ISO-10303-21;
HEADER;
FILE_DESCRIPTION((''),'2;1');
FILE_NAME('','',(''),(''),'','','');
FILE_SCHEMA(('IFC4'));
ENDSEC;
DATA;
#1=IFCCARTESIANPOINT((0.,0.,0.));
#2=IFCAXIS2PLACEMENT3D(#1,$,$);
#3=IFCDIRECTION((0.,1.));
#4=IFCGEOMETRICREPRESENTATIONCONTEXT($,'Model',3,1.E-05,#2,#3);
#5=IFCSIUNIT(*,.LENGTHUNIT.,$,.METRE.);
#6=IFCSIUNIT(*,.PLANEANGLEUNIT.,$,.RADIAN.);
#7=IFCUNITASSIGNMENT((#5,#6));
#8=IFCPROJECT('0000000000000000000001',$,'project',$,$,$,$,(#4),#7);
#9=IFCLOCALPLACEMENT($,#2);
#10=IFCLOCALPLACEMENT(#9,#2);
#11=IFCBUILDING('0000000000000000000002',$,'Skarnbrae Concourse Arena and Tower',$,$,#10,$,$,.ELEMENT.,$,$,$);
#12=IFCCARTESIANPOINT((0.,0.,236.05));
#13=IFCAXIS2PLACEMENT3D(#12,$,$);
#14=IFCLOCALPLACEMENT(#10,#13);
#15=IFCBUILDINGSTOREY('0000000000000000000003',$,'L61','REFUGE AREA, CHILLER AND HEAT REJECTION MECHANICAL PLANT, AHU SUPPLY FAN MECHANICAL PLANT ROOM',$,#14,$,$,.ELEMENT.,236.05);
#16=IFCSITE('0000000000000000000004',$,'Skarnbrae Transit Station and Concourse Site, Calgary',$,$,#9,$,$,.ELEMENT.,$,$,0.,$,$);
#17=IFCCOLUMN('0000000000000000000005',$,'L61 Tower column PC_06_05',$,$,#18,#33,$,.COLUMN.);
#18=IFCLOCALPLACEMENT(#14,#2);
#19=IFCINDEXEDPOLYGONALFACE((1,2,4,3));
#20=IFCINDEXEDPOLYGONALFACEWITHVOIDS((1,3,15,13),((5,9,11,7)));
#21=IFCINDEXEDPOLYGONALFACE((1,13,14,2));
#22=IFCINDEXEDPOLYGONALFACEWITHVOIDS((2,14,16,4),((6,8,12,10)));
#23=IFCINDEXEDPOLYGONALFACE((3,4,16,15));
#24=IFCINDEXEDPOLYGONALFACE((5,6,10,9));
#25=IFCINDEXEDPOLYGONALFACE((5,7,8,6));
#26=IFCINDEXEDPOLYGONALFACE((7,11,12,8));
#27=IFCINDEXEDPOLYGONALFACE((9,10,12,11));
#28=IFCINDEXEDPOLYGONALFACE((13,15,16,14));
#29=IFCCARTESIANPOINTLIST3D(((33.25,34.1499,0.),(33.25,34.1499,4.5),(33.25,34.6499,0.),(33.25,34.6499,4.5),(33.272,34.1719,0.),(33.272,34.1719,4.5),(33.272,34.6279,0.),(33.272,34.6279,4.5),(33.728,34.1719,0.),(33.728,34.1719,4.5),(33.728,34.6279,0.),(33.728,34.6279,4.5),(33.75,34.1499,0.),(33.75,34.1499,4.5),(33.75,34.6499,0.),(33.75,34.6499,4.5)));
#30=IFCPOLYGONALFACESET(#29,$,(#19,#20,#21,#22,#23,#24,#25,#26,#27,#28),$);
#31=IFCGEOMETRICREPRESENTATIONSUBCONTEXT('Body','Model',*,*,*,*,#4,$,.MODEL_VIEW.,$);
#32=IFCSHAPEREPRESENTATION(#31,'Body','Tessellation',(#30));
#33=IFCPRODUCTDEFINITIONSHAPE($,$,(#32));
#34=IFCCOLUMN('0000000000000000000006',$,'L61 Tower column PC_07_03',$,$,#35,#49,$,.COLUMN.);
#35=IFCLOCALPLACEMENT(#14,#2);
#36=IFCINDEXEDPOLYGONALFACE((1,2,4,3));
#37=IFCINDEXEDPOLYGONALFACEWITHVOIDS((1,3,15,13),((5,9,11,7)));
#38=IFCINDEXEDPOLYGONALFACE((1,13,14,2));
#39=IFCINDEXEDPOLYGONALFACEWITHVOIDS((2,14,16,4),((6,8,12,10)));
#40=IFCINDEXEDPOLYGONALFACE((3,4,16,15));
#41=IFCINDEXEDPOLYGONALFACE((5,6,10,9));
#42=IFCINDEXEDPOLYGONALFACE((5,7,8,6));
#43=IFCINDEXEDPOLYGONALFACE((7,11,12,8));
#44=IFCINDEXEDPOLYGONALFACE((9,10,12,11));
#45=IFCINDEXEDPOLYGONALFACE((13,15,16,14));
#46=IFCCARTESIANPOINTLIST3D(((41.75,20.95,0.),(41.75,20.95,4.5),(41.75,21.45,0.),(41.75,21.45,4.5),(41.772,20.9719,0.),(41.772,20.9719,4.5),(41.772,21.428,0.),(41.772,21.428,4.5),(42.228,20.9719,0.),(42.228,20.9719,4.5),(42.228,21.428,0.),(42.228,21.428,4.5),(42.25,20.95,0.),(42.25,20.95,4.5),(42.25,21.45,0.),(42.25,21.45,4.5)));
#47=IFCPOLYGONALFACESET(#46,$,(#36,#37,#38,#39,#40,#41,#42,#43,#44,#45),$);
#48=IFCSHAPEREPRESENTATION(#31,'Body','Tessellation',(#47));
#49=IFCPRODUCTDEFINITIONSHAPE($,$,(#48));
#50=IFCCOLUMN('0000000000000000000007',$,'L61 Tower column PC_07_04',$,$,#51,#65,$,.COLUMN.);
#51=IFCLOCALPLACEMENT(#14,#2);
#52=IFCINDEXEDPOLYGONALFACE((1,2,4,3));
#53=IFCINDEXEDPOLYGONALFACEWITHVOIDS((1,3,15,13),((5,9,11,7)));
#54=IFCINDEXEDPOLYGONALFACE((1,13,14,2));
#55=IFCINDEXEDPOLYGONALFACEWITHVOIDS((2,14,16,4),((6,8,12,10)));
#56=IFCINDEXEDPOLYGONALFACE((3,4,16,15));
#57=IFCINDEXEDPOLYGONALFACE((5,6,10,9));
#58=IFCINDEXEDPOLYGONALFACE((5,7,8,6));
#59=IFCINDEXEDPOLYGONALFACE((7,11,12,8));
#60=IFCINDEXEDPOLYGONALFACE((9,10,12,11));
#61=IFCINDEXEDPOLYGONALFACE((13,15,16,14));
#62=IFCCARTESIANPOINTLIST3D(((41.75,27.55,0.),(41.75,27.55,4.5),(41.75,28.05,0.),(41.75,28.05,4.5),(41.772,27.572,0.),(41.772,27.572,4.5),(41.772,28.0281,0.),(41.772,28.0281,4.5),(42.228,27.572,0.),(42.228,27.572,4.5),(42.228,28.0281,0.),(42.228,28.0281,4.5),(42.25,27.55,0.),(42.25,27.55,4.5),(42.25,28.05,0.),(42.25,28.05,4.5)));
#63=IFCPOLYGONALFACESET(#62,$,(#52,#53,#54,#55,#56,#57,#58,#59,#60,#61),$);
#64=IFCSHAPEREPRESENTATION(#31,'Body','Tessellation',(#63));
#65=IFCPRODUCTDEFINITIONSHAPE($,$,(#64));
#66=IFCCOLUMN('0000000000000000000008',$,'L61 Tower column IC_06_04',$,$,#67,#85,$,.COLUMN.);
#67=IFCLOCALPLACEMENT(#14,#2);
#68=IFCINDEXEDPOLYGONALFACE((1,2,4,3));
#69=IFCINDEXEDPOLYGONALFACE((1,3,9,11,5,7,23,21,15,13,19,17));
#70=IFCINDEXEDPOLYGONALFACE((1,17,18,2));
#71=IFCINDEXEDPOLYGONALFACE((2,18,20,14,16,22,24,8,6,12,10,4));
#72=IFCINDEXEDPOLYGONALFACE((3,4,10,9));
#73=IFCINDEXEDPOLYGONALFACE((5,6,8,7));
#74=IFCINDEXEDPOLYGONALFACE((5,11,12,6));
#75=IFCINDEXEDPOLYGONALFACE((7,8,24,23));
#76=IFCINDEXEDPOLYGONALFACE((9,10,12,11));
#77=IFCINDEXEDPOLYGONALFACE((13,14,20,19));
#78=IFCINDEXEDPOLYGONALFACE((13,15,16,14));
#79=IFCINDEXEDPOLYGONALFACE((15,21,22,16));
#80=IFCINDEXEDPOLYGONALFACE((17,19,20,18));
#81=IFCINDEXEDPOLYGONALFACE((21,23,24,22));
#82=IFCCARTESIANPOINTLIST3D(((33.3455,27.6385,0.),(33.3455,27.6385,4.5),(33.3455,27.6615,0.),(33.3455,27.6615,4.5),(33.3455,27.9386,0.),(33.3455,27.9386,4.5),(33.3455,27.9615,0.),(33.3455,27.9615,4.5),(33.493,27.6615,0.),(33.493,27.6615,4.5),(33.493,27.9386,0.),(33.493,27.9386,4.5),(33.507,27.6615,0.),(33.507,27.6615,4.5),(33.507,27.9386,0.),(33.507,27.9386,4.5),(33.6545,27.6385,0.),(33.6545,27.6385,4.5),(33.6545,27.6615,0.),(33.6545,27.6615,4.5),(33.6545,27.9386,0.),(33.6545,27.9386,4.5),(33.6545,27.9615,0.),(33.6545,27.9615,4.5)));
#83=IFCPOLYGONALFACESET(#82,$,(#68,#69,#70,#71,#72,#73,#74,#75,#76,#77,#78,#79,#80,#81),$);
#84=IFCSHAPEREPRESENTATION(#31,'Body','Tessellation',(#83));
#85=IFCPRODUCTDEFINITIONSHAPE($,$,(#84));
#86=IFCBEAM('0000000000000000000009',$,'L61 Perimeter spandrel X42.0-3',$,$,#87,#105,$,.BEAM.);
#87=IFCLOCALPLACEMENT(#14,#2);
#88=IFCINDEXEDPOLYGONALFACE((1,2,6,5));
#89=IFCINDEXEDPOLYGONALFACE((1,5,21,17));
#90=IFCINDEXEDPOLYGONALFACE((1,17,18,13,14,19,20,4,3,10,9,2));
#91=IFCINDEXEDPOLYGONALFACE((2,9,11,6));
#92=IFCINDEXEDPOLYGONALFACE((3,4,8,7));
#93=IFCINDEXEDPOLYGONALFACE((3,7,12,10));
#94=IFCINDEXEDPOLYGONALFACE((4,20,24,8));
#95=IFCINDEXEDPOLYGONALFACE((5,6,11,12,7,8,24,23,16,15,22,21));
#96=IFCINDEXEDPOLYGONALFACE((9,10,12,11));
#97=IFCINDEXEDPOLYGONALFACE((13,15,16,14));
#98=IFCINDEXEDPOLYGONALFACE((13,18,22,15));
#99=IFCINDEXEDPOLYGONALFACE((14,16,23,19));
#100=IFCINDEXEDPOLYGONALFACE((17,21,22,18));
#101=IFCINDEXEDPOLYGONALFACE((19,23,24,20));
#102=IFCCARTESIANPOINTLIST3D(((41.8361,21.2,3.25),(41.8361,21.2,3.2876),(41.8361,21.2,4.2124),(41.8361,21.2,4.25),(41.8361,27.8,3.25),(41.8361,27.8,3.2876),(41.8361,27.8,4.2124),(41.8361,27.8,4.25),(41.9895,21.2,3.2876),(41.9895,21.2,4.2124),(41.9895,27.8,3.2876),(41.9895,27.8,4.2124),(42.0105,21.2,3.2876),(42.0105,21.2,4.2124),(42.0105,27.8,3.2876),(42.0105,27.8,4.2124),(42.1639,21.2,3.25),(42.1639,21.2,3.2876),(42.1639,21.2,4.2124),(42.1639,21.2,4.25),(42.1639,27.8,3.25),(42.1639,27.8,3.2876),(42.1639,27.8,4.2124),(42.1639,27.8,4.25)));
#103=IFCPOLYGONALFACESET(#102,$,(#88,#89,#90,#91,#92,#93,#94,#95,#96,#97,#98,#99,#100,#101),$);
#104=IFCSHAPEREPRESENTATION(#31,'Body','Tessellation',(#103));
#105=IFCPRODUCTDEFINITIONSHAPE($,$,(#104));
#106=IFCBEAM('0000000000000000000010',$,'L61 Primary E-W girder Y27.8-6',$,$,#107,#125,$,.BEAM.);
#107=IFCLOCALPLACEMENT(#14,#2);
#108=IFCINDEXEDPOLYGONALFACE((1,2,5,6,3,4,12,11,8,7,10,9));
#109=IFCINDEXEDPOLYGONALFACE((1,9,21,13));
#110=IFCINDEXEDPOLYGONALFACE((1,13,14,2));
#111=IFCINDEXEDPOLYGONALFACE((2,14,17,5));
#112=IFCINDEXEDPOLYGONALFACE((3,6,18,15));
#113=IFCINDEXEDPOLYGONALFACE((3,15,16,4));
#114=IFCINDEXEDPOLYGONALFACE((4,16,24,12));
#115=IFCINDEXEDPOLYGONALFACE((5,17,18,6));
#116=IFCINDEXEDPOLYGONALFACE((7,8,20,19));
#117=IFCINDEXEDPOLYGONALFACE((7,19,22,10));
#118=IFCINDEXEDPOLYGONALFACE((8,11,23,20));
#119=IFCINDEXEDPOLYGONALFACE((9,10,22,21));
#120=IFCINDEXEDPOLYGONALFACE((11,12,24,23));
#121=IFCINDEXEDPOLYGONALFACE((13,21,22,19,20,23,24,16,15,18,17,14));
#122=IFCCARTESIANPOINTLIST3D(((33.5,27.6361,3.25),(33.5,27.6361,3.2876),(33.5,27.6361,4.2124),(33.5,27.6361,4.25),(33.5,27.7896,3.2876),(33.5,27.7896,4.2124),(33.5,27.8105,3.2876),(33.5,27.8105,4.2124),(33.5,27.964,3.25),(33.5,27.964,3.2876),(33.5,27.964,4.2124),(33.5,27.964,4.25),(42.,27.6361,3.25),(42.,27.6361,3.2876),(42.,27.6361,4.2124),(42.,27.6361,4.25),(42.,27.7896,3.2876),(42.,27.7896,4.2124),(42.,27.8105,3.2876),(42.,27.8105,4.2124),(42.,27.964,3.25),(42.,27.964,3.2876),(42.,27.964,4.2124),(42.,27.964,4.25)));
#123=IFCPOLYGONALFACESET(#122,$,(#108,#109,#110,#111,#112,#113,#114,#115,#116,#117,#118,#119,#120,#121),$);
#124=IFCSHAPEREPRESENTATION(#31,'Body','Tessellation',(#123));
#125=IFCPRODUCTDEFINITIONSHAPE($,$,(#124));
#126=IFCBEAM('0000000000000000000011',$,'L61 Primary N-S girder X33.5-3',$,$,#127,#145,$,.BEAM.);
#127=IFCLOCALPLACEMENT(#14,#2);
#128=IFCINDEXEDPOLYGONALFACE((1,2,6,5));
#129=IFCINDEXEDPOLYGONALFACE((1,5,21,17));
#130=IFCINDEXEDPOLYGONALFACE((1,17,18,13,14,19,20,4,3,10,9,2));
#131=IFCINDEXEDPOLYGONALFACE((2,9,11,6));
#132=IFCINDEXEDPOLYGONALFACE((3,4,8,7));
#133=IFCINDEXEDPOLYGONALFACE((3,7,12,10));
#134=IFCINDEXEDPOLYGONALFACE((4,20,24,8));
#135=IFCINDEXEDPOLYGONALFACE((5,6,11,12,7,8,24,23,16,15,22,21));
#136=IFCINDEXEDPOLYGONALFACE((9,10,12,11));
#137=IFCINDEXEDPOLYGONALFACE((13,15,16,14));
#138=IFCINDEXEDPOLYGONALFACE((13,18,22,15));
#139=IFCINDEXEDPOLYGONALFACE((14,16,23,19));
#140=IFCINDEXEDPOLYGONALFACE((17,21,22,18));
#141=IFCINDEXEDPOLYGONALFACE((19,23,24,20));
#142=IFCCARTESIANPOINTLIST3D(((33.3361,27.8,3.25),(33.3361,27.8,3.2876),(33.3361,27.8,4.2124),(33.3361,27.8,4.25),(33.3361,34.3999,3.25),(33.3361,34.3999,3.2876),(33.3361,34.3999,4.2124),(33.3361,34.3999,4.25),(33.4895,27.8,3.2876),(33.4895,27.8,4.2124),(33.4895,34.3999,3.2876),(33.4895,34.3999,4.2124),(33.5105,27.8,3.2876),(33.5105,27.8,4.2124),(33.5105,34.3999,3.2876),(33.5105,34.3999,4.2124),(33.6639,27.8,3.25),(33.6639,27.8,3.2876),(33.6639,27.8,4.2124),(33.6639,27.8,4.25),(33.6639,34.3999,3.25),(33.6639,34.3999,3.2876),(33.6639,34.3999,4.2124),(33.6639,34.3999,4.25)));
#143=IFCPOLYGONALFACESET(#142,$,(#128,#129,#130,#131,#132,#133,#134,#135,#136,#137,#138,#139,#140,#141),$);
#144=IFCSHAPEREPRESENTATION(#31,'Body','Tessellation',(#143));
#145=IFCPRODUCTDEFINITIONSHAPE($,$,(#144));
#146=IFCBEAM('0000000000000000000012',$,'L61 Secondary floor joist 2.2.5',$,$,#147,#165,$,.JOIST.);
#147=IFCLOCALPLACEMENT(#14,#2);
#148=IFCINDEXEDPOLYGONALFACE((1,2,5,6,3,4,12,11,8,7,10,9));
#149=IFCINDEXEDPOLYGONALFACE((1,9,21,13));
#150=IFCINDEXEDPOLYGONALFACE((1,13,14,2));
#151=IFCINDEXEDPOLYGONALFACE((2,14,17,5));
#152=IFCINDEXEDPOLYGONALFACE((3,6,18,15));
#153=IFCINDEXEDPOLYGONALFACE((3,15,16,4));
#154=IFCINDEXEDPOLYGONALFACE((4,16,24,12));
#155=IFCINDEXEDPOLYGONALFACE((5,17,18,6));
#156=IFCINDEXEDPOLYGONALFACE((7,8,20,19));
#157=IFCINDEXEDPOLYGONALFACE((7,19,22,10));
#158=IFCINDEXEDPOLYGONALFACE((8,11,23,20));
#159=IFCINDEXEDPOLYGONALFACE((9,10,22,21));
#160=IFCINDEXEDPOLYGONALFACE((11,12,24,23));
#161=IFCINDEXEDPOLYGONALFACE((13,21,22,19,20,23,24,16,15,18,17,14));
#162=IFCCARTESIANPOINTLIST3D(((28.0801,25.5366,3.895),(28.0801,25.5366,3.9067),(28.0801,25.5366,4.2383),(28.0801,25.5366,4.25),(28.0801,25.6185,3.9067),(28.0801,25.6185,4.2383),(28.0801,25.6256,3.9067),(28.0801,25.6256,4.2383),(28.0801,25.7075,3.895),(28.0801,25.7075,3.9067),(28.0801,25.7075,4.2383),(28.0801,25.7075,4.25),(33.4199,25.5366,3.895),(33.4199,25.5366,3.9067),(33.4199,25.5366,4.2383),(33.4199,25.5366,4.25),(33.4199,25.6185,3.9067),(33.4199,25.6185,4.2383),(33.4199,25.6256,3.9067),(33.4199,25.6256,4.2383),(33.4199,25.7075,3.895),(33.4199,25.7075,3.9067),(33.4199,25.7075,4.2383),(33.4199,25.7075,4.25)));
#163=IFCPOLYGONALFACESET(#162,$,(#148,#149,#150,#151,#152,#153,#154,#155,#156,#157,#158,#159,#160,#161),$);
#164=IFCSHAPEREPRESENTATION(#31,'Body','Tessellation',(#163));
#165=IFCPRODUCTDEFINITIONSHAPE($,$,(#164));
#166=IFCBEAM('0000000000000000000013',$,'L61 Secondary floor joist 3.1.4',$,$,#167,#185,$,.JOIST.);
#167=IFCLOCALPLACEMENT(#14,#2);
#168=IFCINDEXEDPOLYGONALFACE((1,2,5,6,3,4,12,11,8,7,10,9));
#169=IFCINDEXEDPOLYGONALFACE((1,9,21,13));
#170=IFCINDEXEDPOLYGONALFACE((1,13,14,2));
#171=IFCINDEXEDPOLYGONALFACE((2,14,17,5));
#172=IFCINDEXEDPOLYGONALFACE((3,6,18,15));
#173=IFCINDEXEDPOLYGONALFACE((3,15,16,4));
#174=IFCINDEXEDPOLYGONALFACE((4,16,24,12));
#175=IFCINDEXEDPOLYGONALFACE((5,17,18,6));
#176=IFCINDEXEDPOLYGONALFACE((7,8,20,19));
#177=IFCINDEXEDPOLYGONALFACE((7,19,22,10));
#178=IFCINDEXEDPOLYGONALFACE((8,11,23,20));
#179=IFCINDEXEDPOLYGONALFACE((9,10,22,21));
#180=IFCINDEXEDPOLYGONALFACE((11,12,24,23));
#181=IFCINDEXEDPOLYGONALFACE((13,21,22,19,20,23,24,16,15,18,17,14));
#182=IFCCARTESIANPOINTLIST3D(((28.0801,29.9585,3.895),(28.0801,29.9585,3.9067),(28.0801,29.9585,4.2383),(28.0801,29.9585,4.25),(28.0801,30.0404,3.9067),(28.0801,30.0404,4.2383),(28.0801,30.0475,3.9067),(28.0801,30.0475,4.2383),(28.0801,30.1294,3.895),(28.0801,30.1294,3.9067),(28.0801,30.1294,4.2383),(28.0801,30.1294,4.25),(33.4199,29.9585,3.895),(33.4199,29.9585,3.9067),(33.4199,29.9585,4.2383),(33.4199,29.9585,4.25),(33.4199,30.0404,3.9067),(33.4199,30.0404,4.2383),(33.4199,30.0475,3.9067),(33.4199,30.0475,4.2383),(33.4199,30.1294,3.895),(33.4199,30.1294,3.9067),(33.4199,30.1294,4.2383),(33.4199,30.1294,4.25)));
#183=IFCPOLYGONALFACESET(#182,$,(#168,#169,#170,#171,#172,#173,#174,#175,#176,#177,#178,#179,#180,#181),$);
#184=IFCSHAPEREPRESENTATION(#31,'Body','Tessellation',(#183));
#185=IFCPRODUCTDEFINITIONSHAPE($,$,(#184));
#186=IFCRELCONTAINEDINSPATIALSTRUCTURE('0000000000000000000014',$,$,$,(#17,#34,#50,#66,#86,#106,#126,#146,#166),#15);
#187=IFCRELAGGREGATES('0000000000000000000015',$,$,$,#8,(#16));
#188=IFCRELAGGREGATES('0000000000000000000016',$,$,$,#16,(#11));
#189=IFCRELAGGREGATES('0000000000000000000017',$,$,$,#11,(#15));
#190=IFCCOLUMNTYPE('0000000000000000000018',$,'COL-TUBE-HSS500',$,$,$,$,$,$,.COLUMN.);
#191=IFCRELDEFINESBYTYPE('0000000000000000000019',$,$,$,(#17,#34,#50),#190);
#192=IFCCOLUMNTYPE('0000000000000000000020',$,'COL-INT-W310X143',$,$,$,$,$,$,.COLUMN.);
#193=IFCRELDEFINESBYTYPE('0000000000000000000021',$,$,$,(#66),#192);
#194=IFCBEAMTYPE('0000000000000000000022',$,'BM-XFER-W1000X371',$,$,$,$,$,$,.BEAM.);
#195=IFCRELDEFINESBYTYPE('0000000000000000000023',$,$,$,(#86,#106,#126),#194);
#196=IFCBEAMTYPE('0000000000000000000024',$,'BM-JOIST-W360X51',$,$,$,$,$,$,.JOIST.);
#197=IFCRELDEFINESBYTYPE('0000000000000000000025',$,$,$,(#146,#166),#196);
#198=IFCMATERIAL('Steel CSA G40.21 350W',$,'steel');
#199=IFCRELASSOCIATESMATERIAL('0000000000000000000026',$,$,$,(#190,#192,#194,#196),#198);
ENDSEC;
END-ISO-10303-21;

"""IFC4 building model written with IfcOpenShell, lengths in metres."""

from ifc_helpers import new_model, si_unit, direction, frame, origin, origin_2d, place, context, subcontext, project, spatial, hollow_rectangle, i_section, extrude, source, transform, mapped, material, material_profile, profile_set, type_object, element, save


model = new_model("IFC4")

# Units and contexts
model_context = context("Model", 3, precision=1e-05, world=origin(), true_north=direction((0.0, 1.0)))
body_context = subcontext(model_context, "Body", "Model", "MODEL_VIEW")
ifc_project = project(units=[si_unit("LENGTHUNIT", "METRE"), si_unit("PLANEANGLEUNIT", "RADIAN")], contexts=[model_context])

# Site, building, storey
site_placement = place(None, origin())
site = spatial("IfcSite", under=ifc_project, at=site_placement, Name="Skarnbrae Transit Station and Concourse Site, Calgary", CompositionType="ELEMENT", RefElevation=0.0)
building_placement = place(site_placement, origin())
building = spatial("IfcBuilding", under=site, at=building_placement, Name="Skarnbrae Concourse Arena and Tower", CompositionType="ELEMENT")
storey_placement = place(building_placement, frame((0.0, 0.0, 236.05)))
storey = spatial("IfcBuildingStorey", under=building, at=storey_placement, Name="L61", Description="REFUGE AREA, CHILLER AND HEAT REJECTION MECHANICAL PLANT, AHU SUPPLY FAN MECHANICAL PLANT ROOM", CompositionType="ELEMENT", Elevation=236.05)

# Columns
ifc_material_1 = material(Name="Steel CSA G40.21 350W", Category="steel")
ifc_material_profile_1 = material_profile(ifc_material_1, hollow_rectangle(XDim=0.5, YDim=0.5, WallThickness=0.022, at=origin_2d()), Name="HSS500X500X22.0")
ifc_profile_set_1 = profile_set([ifc_material_profile_1], Name="Steel CSA G40.21 350W")
column_type_1 = type_object("IfcColumnType", Name="COL-TUBE-HSS500", PredefinedType="COLUMN", material=ifc_profile_set_1)
shared_shape_1 = source(origin(), body_context, "Body", "SweptSolid", [
    extrude(hollow_rectangle(XDim=0.5, YDim=0.5, WallThickness=0.022, at=origin_2d()), origin(), (0.0, 0.0, 1.0), 4.5),
])
for number, where, z_axis, x_axis, name in (
    (1, (33.5, 34.3999, 0.0), (0.0, 0.0, 1.0), (1.0, 0.0, 0.0), "L61 Tower column PC_06_05"),
    (2, (42.0, 21.2, 0.0), (0.0, 0.0, 1.0), (1.0, 0.0, 0.0), "L61 Tower column PC_07_03"),
    (3, (42.0, 27.8, 0.0), (0.0, 0.0, 1.0), (1.0, 0.0, 0.0), "L61 Tower column PC_07_04"),
):
    element("IfcColumn", number, at=place(storey_placement, frame(where, z_axis=z_axis, x_axis=x_axis)), inside=storey, type_object=column_type_1, Name=name, PredefinedType="COLUMN", context=body_context, shape_type="MappedRepresentation", body=[
        mapped(shared_shape_1, transform((0.0, 0.0, 0.0))),
    ])
ifc_material_profile_2 = material_profile(ifc_material_1, i_section(OverallWidth=0.3091, OverallDepth=0.323, WebThickness=0.0139, FlangeThickness=0.0229, at=origin_2d()), Name="W310X143")
ifc_profile_set_2 = profile_set([ifc_material_profile_2], Name="Steel CSA G40.21 350W")
column_type_2 = type_object("IfcColumnType", Name="COL-INT-W310X143", PredefinedType="COLUMN", material=ifc_profile_set_2)
shared_shape_2 = source(origin(), body_context, "Body", "SweptSolid", [
    extrude(i_section(OverallWidth=0.3091, OverallDepth=0.323, WebThickness=0.0139, FlangeThickness=0.0229, at=origin_2d()), origin(), (0.0, 0.0, 1.0), 4.5),
])
column_placement = place(storey_placement, frame((33.5, 27.8, 0.0), z_axis=(0.0, 0.0, 1.0), x_axis=(1.0, 0.0, 0.0)))
element("IfcColumn", 4, at=column_placement, inside=storey, type_object=column_type_2, Name="L61 Tower column IC_06_04", PredefinedType="COLUMN", context=body_context, shape_type="MappedRepresentation", body=[
    mapped(shared_shape_2, transform((0.0, 0.0, 0.0))),
])

# Beams
ifc_material_profile_3 = material_profile(ifc_material_1, i_section(OverallWidth=0.3279, OverallDepth=1.0, WebThickness=0.021, FlangeThickness=0.0376, at=origin_2d()), Name="W1000X371")
ifc_profile_set_3 = profile_set([ifc_material_profile_3], Name="Steel CSA G40.21 350W")
beam_type_1 = type_object("IfcBeamType", Name="BM-XFER-W1000X371", PredefinedType="BEAM", material=ifc_profile_set_3)
shared_shape_3 = source(origin(), body_context, "Body", "SweptSolid", [
    extrude(i_section(OverallWidth=0.3279, OverallDepth=1.0, WebThickness=0.021, FlangeThickness=0.0376, at=origin_2d()), origin(), (0.0, 0.0, 1.0), 6.6001),
])
beam_1_placement = place(storey_placement, frame((42.0, 21.2, 3.75), z_axis=(0.0, 1.0, 0.0), x_axis=(-1.0, 0.0, 0.0)))
element("IfcBeam", 5, at=beam_1_placement, inside=storey, type_object=beam_type_1, Name="L61 Perimeter spandrel X42.0-3", PredefinedType="BEAM", context=body_context, shape_type="MappedRepresentation", body=[
    mapped(shared_shape_3, transform((0.0, 0.0, 0.0))),
])
shared_shape_4 = source(origin(), body_context, "Body", "SweptSolid", [
    extrude(i_section(OverallWidth=0.3279, OverallDepth=1.0, WebThickness=0.021, FlangeThickness=0.0376, at=origin_2d()), origin(), (0.0, 0.0, 1.0), 8.5),
])
beam_2_placement = place(storey_placement, frame((33.5, 27.8, 3.75), z_axis=(1.0, 0.0, 0.0), x_axis=(0.0, 1.0, 0.0)))
element("IfcBeam", 6, at=beam_2_placement, inside=storey, type_object=beam_type_1, Name="L61 Primary E-W girder Y27.8-6", PredefinedType="BEAM", context=body_context, shape_type="MappedRepresentation", body=[
    mapped(shared_shape_4, transform((0.0, 0.0, 0.0))),
])
shared_shape_5 = source(origin(), body_context, "Body", "SweptSolid", [
    extrude(i_section(OverallWidth=0.3279, OverallDepth=1.0, WebThickness=0.021, FlangeThickness=0.0376, at=origin_2d()), origin(), (0.0, 0.0, 1.0), 6.5999),
])
beam_3_placement = place(storey_placement, frame((33.5, 27.8, 3.75), z_axis=(0.0, 1.0, 0.0), x_axis=(-1.0, 0.0, 0.0)))
element("IfcBeam", 7, at=beam_3_placement, inside=storey, type_object=beam_type_1, Name="L61 Primary N-S girder X33.5-3", PredefinedType="BEAM", context=body_context, shape_type="MappedRepresentation", body=[
    mapped(shared_shape_5, transform((0.0, 0.0, 0.0))),
])
ifc_material_profile_4 = material_profile(ifc_material_1, i_section(OverallWidth=0.1709, OverallDepth=0.355, WebThickness=0.0071, FlangeThickness=0.0117, at=origin_2d()), Name="W360X51")
ifc_profile_set_4 = profile_set([ifc_material_profile_4], Name="Steel CSA G40.21 350W")
beam_type_2 = type_object("IfcBeamType", Name="BM-JOIST-W360X51", PredefinedType="JOIST", material=ifc_profile_set_4)
shared_shape_6 = source(origin(), body_context, "Body", "SweptSolid", [
    extrude(i_section(OverallWidth=0.1709, OverallDepth=0.355, WebThickness=0.0071, FlangeThickness=0.0117, at=origin_2d()), origin(), (0.0, 0.0, 1.0), 5.3398),
])
for number, where, z_axis, x_axis, name in (
    (8, (28.0801, 25.6221, 4.0725), (1.0, 0.0, 0.0), (0.0, 1.0, 0.0), "L61 Secondary floor joist 2.2.5"),
    (9, (28.0801, 30.0439, 4.0725), (1.0, 0.0, 0.0), (0.0, 1.0, 0.0), "L61 Secondary floor joist 3.1.4"),
):
    element("IfcBeam", number, at=place(storey_placement, frame(where, z_axis=z_axis, x_axis=x_axis)), inside=storey, type_object=beam_type_2, Name=name, PredefinedType="JOIST", context=body_context, shape_type="MappedRepresentation", body=[
        mapped(shared_shape_6, transform((0.0, 0.0, 0.0))),
    ])

save(model, "model.ifc")
